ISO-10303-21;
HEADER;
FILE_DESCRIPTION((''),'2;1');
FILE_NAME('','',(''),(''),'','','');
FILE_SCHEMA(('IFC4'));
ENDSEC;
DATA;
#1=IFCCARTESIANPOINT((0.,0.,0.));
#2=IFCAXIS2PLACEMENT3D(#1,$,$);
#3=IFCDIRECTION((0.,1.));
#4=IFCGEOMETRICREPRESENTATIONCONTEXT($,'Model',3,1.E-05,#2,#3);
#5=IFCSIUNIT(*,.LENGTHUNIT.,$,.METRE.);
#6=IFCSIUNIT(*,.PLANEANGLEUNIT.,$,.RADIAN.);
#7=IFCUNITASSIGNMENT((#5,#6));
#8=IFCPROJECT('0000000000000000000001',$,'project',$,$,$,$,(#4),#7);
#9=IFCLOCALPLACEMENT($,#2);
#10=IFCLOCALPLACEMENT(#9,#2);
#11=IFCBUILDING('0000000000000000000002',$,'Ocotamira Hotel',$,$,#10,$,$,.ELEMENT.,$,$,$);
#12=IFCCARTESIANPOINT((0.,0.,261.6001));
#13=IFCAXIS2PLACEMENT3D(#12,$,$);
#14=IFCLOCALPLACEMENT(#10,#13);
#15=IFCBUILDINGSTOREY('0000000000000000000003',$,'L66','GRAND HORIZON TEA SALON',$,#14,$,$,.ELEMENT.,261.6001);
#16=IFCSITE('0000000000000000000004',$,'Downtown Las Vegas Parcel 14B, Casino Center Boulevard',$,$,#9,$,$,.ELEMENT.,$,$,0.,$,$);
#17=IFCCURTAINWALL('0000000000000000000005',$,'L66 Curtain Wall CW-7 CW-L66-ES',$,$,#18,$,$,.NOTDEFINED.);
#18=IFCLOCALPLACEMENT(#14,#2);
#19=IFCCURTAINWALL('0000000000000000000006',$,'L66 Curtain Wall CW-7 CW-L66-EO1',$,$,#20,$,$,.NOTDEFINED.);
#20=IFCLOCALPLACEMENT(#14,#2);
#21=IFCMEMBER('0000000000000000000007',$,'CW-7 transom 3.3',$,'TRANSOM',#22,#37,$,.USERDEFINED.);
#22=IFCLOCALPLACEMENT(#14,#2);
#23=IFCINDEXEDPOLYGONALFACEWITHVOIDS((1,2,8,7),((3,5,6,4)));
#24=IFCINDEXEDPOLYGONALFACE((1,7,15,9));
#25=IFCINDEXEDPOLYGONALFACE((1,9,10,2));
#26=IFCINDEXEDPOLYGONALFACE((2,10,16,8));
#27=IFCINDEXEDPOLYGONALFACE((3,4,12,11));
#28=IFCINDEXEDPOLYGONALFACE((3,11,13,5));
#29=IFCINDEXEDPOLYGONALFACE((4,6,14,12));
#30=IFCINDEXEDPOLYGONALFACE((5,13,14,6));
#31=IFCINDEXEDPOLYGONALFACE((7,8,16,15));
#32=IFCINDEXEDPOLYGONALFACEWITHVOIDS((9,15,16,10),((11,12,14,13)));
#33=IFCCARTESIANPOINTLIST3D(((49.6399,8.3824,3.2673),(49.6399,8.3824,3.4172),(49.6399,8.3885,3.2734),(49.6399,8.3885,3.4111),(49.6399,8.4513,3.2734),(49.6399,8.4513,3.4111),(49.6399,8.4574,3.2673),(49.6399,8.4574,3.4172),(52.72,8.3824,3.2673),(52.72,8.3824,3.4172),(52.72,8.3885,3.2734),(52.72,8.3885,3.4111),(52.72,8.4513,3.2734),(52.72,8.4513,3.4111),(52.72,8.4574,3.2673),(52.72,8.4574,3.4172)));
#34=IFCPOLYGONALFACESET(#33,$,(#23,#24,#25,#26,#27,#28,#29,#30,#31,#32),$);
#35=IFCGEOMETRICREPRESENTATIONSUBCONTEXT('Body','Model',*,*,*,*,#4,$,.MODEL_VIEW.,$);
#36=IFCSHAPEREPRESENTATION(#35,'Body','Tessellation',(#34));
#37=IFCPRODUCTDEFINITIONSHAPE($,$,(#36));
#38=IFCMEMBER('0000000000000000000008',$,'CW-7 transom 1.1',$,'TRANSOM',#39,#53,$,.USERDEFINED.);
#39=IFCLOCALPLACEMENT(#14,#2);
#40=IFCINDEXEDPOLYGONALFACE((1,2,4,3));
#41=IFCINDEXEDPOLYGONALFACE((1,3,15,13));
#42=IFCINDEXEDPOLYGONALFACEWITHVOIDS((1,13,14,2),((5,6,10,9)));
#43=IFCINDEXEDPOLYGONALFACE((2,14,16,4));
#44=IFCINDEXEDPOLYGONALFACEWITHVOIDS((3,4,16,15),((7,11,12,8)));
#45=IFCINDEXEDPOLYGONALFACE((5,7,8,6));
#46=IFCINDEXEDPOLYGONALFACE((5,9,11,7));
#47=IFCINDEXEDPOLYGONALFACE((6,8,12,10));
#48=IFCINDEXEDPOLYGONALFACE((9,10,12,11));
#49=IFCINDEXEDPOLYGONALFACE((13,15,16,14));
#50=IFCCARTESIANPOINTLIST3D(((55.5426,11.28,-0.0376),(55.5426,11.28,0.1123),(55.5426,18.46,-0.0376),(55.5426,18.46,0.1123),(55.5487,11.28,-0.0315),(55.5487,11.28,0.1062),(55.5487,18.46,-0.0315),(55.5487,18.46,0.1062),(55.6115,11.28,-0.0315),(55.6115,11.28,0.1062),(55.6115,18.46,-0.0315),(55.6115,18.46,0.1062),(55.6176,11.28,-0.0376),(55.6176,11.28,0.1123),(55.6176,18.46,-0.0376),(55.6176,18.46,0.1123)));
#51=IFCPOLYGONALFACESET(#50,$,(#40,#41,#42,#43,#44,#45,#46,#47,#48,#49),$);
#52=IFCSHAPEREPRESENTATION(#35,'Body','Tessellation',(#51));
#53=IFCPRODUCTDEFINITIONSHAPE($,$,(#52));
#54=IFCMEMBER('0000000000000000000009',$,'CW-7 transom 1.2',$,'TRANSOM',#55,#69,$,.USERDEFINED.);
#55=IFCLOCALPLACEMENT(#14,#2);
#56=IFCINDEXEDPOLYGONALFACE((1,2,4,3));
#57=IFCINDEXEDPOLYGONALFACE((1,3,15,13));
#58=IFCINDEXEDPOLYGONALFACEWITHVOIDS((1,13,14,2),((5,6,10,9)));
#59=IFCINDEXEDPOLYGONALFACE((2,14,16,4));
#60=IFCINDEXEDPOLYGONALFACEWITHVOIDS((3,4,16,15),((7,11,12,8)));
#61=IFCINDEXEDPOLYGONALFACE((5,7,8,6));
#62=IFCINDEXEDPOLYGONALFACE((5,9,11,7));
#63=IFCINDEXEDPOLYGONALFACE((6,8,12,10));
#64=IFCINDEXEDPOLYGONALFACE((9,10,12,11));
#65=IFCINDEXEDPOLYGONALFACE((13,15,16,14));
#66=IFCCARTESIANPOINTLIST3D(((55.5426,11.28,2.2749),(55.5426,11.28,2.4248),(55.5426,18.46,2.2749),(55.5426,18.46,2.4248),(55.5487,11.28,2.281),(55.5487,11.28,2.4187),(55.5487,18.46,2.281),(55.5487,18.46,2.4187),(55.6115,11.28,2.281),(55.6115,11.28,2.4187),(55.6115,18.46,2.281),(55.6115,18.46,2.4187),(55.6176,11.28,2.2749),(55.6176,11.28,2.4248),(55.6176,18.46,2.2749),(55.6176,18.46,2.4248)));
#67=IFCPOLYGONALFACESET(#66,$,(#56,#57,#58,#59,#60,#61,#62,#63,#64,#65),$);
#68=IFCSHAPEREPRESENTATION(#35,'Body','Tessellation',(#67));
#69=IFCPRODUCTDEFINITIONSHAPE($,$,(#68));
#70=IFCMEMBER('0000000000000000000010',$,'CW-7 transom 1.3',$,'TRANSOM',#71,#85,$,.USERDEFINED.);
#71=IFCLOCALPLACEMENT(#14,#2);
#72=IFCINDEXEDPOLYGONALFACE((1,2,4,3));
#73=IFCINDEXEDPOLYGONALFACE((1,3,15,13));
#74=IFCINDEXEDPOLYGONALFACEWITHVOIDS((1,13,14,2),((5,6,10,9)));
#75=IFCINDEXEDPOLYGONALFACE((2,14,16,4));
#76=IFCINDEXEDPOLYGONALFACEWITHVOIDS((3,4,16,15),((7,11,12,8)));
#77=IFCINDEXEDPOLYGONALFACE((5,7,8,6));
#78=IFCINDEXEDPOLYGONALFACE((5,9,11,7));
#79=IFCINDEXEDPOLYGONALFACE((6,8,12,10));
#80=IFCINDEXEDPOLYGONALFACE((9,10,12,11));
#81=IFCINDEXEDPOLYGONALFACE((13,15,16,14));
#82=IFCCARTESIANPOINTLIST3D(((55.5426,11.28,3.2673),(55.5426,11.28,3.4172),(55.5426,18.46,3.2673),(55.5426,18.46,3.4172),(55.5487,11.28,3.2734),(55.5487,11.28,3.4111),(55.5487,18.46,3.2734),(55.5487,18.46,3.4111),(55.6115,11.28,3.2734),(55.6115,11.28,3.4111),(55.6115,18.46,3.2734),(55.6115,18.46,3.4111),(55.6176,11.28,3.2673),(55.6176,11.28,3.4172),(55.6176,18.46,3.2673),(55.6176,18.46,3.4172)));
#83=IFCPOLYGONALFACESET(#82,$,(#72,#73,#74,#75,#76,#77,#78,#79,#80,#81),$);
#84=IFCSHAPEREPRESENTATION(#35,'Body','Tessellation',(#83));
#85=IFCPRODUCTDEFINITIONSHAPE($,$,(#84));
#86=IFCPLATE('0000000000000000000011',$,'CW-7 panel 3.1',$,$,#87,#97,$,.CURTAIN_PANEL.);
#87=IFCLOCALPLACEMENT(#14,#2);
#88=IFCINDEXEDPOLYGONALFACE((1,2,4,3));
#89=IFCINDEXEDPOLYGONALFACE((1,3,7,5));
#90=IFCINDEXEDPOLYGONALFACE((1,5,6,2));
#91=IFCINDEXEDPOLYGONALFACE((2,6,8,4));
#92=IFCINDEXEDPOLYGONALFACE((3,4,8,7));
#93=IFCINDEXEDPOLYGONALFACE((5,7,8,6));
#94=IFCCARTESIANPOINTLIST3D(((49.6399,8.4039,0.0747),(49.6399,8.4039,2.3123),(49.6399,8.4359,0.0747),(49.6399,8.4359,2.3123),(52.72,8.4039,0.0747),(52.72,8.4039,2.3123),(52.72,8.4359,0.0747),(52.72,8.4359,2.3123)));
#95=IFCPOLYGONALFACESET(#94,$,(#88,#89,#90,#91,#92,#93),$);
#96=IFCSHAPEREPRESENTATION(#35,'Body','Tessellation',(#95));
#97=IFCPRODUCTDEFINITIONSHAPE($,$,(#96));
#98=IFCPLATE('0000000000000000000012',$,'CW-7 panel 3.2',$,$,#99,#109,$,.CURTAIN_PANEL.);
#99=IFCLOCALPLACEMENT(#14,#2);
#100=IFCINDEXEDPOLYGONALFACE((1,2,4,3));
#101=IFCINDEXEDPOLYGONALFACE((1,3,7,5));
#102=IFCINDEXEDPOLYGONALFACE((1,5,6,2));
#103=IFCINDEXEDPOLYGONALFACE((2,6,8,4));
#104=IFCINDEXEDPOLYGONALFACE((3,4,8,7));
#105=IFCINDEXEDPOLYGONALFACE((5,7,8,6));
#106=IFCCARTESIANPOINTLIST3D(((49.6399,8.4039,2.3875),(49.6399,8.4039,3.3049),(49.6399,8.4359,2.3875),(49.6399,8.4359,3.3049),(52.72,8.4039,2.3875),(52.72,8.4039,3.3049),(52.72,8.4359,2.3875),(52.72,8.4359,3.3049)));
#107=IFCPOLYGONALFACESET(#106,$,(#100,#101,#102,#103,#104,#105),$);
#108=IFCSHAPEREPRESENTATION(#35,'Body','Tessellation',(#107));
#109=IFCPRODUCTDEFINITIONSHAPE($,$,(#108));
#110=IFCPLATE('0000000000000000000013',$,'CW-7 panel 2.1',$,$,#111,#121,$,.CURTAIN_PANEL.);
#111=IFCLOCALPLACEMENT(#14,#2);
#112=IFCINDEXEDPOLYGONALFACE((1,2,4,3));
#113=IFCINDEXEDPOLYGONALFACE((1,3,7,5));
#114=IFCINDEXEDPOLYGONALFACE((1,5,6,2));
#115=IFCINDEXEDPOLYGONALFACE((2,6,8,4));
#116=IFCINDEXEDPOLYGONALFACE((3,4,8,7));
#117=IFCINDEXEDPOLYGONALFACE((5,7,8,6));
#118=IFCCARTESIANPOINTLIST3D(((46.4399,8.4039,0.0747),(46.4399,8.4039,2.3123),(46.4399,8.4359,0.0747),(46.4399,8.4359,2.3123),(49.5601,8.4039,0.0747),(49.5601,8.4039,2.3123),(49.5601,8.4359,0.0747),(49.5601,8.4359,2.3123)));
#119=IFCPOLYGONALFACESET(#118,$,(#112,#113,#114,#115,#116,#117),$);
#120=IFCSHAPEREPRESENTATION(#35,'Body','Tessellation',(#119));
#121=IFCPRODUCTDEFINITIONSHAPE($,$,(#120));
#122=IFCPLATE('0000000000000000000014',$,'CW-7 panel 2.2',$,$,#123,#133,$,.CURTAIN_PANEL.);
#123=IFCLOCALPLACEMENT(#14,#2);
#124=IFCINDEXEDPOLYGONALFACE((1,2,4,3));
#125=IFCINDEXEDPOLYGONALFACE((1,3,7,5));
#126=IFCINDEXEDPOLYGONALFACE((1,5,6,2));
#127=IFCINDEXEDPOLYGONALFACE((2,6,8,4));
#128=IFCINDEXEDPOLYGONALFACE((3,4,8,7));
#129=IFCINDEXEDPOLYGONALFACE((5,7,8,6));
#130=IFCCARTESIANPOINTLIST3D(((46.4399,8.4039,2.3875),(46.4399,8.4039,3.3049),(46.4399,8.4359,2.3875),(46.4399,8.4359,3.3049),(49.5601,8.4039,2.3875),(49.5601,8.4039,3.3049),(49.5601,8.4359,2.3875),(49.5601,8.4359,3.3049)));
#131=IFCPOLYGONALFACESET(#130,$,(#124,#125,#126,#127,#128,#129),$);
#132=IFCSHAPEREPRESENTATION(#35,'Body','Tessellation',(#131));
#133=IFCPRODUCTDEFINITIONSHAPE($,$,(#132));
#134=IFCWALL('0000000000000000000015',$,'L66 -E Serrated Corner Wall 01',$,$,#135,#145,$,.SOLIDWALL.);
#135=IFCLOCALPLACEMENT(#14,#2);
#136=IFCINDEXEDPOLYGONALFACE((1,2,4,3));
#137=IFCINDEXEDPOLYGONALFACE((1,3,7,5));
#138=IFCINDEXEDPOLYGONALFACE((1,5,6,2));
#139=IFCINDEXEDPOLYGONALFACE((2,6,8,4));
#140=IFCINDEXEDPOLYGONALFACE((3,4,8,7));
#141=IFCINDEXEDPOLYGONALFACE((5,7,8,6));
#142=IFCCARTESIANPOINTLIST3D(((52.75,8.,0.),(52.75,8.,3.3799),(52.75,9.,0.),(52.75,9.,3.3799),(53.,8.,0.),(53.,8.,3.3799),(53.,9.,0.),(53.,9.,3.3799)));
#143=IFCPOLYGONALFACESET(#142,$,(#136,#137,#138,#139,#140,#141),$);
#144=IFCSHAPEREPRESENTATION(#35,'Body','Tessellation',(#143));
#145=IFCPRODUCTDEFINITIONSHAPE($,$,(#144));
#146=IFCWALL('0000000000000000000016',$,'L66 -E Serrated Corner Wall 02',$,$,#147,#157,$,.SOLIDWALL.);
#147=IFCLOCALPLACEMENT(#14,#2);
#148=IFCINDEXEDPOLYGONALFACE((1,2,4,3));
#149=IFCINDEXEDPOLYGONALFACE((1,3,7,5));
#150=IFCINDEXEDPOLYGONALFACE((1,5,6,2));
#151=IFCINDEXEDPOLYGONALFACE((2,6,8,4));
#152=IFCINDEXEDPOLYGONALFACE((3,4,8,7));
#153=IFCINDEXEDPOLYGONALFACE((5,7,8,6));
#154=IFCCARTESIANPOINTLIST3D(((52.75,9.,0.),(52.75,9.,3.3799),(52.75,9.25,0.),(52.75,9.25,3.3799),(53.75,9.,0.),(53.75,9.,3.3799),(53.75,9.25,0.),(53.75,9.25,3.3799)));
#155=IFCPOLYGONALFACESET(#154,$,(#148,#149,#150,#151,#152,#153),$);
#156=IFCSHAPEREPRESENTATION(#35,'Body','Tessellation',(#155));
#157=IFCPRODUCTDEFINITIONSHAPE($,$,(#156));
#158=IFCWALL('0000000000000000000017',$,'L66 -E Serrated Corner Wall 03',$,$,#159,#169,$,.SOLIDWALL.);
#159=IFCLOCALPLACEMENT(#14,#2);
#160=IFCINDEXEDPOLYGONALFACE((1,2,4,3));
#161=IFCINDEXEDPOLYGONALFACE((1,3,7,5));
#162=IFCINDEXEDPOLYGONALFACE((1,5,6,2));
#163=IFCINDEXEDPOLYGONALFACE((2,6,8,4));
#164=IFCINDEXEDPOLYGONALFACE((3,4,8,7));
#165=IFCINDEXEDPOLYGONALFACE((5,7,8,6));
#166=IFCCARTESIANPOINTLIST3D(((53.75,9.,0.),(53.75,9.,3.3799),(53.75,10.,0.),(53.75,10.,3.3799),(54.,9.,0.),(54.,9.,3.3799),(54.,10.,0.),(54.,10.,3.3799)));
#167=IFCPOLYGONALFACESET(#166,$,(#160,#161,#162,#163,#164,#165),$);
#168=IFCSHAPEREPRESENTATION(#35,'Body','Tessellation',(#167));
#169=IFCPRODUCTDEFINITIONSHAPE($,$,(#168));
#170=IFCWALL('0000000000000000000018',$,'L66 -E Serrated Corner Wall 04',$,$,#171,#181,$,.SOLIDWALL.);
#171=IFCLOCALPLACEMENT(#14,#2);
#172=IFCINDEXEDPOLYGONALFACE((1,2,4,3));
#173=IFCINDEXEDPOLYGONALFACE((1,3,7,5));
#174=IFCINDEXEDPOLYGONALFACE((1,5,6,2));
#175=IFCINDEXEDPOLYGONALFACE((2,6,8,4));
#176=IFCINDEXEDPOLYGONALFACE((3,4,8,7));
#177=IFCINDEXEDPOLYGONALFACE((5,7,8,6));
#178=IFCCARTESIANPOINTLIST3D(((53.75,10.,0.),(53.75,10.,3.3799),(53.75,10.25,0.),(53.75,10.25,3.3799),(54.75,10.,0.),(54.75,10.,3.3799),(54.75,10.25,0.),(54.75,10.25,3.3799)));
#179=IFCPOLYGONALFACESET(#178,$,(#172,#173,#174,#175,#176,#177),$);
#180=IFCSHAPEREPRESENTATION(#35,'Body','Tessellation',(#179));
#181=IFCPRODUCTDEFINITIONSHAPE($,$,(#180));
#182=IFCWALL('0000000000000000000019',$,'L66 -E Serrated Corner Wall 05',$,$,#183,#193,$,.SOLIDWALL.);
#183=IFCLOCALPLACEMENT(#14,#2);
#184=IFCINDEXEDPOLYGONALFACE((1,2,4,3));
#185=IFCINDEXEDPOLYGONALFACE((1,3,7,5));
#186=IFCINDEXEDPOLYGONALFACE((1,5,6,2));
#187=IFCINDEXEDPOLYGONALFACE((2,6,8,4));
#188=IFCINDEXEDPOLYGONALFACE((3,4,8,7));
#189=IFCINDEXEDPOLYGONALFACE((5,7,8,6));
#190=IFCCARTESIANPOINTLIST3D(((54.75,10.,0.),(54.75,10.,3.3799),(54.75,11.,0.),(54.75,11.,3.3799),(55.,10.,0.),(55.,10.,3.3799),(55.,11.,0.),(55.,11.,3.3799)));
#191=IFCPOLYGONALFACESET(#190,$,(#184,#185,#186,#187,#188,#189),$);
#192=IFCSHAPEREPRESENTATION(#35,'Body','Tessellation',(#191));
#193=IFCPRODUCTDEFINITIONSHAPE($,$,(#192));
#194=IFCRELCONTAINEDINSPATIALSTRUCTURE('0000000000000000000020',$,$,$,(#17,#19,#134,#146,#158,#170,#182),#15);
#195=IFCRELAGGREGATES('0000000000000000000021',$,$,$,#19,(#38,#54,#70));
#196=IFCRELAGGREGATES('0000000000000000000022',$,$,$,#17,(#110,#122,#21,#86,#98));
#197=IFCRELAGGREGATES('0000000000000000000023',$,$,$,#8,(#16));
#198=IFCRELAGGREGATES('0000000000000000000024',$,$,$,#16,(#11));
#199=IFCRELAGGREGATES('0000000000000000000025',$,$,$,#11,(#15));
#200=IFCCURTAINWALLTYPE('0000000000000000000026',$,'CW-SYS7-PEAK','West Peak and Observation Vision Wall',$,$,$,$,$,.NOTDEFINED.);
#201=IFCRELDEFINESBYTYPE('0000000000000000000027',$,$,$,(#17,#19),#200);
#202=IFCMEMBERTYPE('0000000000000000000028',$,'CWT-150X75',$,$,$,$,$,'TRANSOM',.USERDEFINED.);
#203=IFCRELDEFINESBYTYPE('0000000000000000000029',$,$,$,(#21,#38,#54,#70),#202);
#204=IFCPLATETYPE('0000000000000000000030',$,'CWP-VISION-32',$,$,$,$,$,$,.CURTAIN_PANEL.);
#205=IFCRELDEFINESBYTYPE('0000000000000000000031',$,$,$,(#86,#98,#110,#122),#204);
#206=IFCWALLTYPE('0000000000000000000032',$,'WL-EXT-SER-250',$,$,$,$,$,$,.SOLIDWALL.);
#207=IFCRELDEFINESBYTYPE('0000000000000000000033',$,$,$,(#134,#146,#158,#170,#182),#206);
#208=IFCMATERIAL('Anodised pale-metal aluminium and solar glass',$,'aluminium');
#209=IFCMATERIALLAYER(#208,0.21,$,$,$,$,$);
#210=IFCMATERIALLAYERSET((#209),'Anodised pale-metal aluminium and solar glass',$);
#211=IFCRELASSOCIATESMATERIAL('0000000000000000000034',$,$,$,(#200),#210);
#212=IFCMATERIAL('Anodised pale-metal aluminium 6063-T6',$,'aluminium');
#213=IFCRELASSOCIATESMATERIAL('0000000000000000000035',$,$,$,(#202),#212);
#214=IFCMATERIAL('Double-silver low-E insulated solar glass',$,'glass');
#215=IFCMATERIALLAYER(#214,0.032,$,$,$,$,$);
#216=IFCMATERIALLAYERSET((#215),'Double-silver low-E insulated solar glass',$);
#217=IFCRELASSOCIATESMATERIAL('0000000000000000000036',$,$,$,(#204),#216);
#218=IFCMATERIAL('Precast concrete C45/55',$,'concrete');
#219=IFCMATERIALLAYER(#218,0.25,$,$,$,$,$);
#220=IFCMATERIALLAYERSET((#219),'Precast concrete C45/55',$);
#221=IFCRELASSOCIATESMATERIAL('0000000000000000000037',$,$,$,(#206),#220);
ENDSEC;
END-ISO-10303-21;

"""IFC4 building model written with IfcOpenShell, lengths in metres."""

from ifc_helpers import new_model, si_unit, direction, frame, frame_2d, origin, origin_2d, place, context, subcontext, project, spatial, rectangle, hollow_rectangle, extrude, source, transform, mapped, material, layer, layer_set, material_profile, profile_set, type_object, element, aggregate, save


model = new_model("IFC4")

# Units and contexts
model_context = context("Model", 3, precision=1e-05, world=origin(), true_north=direction((0.0, 1.0)))
body_context = subcontext(model_context, "Body", "Model", "MODEL_VIEW")
ifc_project = project(units=[si_unit("LENGTHUNIT", "METRE"), si_unit("PLANEANGLEUNIT", "RADIAN")], contexts=[model_context])

# Site, building, storey
site_placement = place(None, origin())
site = spatial("IfcSite", under=ifc_project, at=site_placement, Name="Downtown Las Vegas Parcel 14B, Casino Center Boulevard", CompositionType="ELEMENT", RefElevation=0.0)
building_placement = place(site_placement, origin())
building = spatial("IfcBuilding", under=site, at=building_placement, Name="Ocotamira Hotel", CompositionType="ELEMENT")
storey_placement = place(building_placement, frame((0.0, 0.0, 261.6001)))
storey = spatial("IfcBuildingStorey", under=building, at=storey_placement, Name="L66", Description="GRAND HORIZON TEA SALON", CompositionType="ELEMENT", Elevation=261.6001)

# Curtain wall
ifc_material_1 = material(Name="Anodised pale-metal aluminium and solar glass", Category="aluminium")
ifc_layer_1 = layer(ifc_material_1, 0.21)
ifc_layer_set_1 = layer_set([ifc_layer_1], Name="Anodised pale-metal aluminium and solar glass")
curtain_wall_type = type_object("IfcCurtainWallType", Name="CW-SYS7-PEAK", Description="West Peak and Observation Vision Wall", PredefinedType="NOTDEFINED", material=ifc_layer_set_1)
curtain_wall_1_placement = place(storey_placement, origin())
curtain_wall_1 = element("IfcCurtainWall", 1, at=curtain_wall_1_placement, inside=storey, type_object=curtain_wall_type, Name="L66 Curtain Wall CW-7 CW-L66-ES", PredefinedType="NOTDEFINED")
ifc_material_2 = material(Name="Anodised pale-metal aluminium 6063-T6", Category="aluminium")

# Curtain wall
curtain_wall_2_placement = place(storey_placement, origin())
curtain_wall_2 = element("IfcCurtainWall", 2, at=curtain_wall_2_placement, inside=storey, type_object=curtain_wall_type, Name="L66 Curtain Wall CW-7 CW-L66-EO1", PredefinedType="NOTDEFINED")

# Members
ifc_material_profile_1 = material_profile(ifc_material_2, hollow_rectangle(XDim=0.075, YDim=0.1499, WallThickness=0.0061, at=origin_2d()), Name="HSS150X75X6")
ifc_profile_set_1 = profile_set([ifc_material_profile_1], Name="Anodised pale-metal aluminium 6063-T6")
member_type_1 = type_object("IfcMemberType", Name="CWT-150X75", ElementType="TRANSOM", PredefinedType="USERDEFINED", material=ifc_profile_set_1)
shared_shape_1 = source(origin(), body_context, "Body", "SweptSolid", [
    extrude(hollow_rectangle(XDim=0.075, YDim=0.1499, WallThickness=0.0061, at=origin_2d()), origin(), (0.0, 0.0, 1.0), 3.0801),
])
member_1_placement = place(storey_placement, frame((49.6399, 8.4199, 3.3423), z_axis=(1.0, 0.0, 0.0), x_axis=(0.0, 1.0, 0.0)))
member_1 = element("IfcMember", 3, at=member_1_placement, type_object=member_type_1, Name="CW-7 transom 3.3", ObjectType="TRANSOM", PredefinedType="USERDEFINED", context=body_context, shape_type="MappedRepresentation", body=[
    mapped(shared_shape_1, transform((0.0, 0.0, 0.0), scale=1.0)),
])
shared_shape_2 = source(origin(), body_context, "Body", "SweptSolid", [
    extrude(hollow_rectangle(XDim=0.075, YDim=0.1499, WallThickness=0.0061, at=origin_2d()), origin(), (0.0, 0.0, 1.0), 7.1799),
])
member_2_placement = place(storey_placement, frame((55.5801, 11.28, 0.0374), z_axis=(0.0, 1.0, 0.0), x_axis=(-1.0, 0.0, 0.0)))
member_2 = element("IfcMember", 4, at=member_2_placement, type_object=member_type_1, Name="CW-7 transom 1.1", ObjectType="TRANSOM", PredefinedType="USERDEFINED", context=body_context, shape_type="MappedRepresentation", body=[
    mapped(shared_shape_2, transform((0.0, 0.0, 0.0), scale=1.0)),
])
member_3_placement = place(storey_placement, frame((55.5801, 11.28, 2.3499), z_axis=(0.0, 1.0, 0.0), x_axis=(-1.0, 0.0, 0.0)))
member_3 = element("IfcMember", 5, at=member_3_placement, type_object=member_type_1, Name="CW-7 transom 1.2", ObjectType="TRANSOM", PredefinedType="USERDEFINED", context=body_context, shape_type="MappedRepresentation", body=[
    mapped(shared_shape_2, transform((0.0, 0.0, 0.0), scale=1.0)),
])
member_4_placement = place(storey_placement, frame((55.5801, 11.28, 3.3423), z_axis=(0.0, 1.0, 0.0), x_axis=(-1.0, 0.0, 0.0)))
member_4 = element("IfcMember", 6, at=member_4_placement, type_object=member_type_1, Name="CW-7 transom 1.3", ObjectType="TRANSOM", PredefinedType="USERDEFINED", context=body_context, shape_type="MappedRepresentation", body=[
    mapped(shared_shape_2, transform((0.0, 0.0, 0.0), scale=1.0)),
])
aggregate(curtain_wall_2, [member_2, member_3, member_4])

# Plates
ifc_material_3 = material(Name="Double-silver low-E insulated solar glass", Category="glass")
ifc_layer_2 = layer(ifc_material_3, 0.032)
ifc_layer_set_2 = layer_set([ifc_layer_2], Name="Double-silver low-E insulated solar glass")
plate_type = type_object("IfcPlateType", Name="CWP-VISION-32", PredefinedType="CURTAIN_PANEL", material=ifc_layer_set_2)
shared_shape_3 = source(origin(), body_context, "Body", "SweptSolid", [
    extrude(rectangle(XDim=3.0801, YDim=0.032, at=origin_2d()), origin(), (0.0, 0.0, 1.0), 2.2375),
])
plate_1_placement = place(storey_placement, frame((51.1799, 8.4199, 0.0747), z_axis=(0.0, 0.0, 1.0), x_axis=(1.0, 0.0, 0.0)))
plate_1 = element("IfcPlate", 7, at=plate_1_placement, type_object=plate_type, Name="CW-7 panel 3.1", PredefinedType="CURTAIN_PANEL", context=body_context, shape_type="MappedRepresentation", body=[
    mapped(shared_shape_3, transform((0.0, 0.0, 0.0), scale=1.0)),
])
shared_shape_4 = source(origin(), body_context, "Body", "SweptSolid", [
    extrude(rectangle(XDim=3.0801, YDim=0.032, at=origin_2d()), origin(), (0.0, 0.0, 1.0), 0.9175),
])
plate_2_placement = place(storey_placement, frame((51.1799, 8.4199, 2.3875), z_axis=(0.0, 0.0, 1.0), x_axis=(1.0, 0.0, 0.0)))
plate_2 = element("IfcPlate", 8, at=plate_2_placement, type_object=plate_type, Name="CW-7 panel 3.2", PredefinedType="CURTAIN_PANEL", context=body_context, shape_type="MappedRepresentation", body=[
    mapped(shared_shape_4, transform((0.0, 0.0, 0.0), scale=1.0)),
])
shared_shape_5 = source(origin(), body_context, "Body", "SweptSolid", [
    extrude(rectangle(XDim=3.1201, YDim=0.032, at=origin_2d()), origin(), (0.0, 0.0, 1.0), 2.2375),
])
plate_3_placement = place(storey_placement, frame((48.0, 8.4199, 0.0747), z_axis=(0.0, 0.0, 1.0), x_axis=(1.0, 0.0, 0.0)))
plate_3 = element("IfcPlate", 9, at=plate_3_placement, type_object=plate_type, Name="CW-7 panel 2.1", PredefinedType="CURTAIN_PANEL", context=body_context, shape_type="MappedRepresentation", body=[
    mapped(shared_shape_5, transform((0.0, 0.0, 0.0), scale=1.0)),
])
shared_shape_6 = source(origin(), body_context, "Body", "SweptSolid", [
    extrude(rectangle(XDim=3.1201, YDim=0.032, at=origin_2d()), origin(), (0.0, 0.0, 1.0), 0.9175),
])
plate_4_placement = place(storey_placement, frame((48.0, 8.4199, 2.3875), z_axis=(0.0, 0.0, 1.0), x_axis=(1.0, 0.0, 0.0)))
plate_4 = element("IfcPlate", 10, at=plate_4_placement, type_object=plate_type, Name="CW-7 panel 2.2", PredefinedType="CURTAIN_PANEL", context=body_context, shape_type="MappedRepresentation", body=[
    mapped(shared_shape_6, transform((0.0, 0.0, 0.0), scale=1.0)),
])
aggregate(curtain_wall_1, [plate_3, plate_4, member_1, plate_1, plate_2])

# Walls
ifc_material_4 = material(Name="Precast concrete C45/55", Category="concrete")
ifc_layer_3 = layer(ifc_material_4, 0.25)
ifc_layer_set_3 = layer_set([ifc_layer_3], Name="Precast concrete C45/55")
wall_type_1 = type_object("IfcWallType", Name="WL-EXT-SER-250", PredefinedType="SOLIDWALL", material=ifc_layer_set_3)
for number, where, z_axis, x_axis, name in (
    (11, (52.875, 8.0, 0.0), (0.0, 0.0, 1.0), (0.0, 1.0, 0.0), "L66 -E Serrated Corner Wall 01"),
    (12, (52.75, 9.125, 0.0), (0.0, 0.0, 1.0), (1.0, 0.0, 0.0), "L66 -E Serrated Corner Wall 02"),
    (13, (53.875, 9.0, 0.0), (0.0, 0.0, 1.0), (0.0, 1.0, 0.0), "L66 -E Serrated Corner Wall 03"),
    (14, (53.75, 10.125, 0.0), (0.0, 0.0, 1.0), (1.0, 0.0, 0.0), "L66 -E Serrated Corner Wall 04"),
    (15, (54.875, 10.0, 0.0), (0.0, 0.0, 1.0), (0.0, 1.0, 0.0), "L66 -E Serrated Corner Wall 05"),
):
    element("IfcWall", number, at=place(storey_placement, frame(where, z_axis=z_axis, x_axis=x_axis)), inside=storey, type_object=wall_type_1, Name=name, PredefinedType="SOLIDWALL", context=body_context, shape_type="SweptSolid", body=[
        extrude(rectangle(XDim=1.0, YDim=0.25, at=frame_2d((0.5, 0.0))), origin(), (0.0, 0.0, 1.0), 3.3799),
    ])

save(model, "model.ifc")
